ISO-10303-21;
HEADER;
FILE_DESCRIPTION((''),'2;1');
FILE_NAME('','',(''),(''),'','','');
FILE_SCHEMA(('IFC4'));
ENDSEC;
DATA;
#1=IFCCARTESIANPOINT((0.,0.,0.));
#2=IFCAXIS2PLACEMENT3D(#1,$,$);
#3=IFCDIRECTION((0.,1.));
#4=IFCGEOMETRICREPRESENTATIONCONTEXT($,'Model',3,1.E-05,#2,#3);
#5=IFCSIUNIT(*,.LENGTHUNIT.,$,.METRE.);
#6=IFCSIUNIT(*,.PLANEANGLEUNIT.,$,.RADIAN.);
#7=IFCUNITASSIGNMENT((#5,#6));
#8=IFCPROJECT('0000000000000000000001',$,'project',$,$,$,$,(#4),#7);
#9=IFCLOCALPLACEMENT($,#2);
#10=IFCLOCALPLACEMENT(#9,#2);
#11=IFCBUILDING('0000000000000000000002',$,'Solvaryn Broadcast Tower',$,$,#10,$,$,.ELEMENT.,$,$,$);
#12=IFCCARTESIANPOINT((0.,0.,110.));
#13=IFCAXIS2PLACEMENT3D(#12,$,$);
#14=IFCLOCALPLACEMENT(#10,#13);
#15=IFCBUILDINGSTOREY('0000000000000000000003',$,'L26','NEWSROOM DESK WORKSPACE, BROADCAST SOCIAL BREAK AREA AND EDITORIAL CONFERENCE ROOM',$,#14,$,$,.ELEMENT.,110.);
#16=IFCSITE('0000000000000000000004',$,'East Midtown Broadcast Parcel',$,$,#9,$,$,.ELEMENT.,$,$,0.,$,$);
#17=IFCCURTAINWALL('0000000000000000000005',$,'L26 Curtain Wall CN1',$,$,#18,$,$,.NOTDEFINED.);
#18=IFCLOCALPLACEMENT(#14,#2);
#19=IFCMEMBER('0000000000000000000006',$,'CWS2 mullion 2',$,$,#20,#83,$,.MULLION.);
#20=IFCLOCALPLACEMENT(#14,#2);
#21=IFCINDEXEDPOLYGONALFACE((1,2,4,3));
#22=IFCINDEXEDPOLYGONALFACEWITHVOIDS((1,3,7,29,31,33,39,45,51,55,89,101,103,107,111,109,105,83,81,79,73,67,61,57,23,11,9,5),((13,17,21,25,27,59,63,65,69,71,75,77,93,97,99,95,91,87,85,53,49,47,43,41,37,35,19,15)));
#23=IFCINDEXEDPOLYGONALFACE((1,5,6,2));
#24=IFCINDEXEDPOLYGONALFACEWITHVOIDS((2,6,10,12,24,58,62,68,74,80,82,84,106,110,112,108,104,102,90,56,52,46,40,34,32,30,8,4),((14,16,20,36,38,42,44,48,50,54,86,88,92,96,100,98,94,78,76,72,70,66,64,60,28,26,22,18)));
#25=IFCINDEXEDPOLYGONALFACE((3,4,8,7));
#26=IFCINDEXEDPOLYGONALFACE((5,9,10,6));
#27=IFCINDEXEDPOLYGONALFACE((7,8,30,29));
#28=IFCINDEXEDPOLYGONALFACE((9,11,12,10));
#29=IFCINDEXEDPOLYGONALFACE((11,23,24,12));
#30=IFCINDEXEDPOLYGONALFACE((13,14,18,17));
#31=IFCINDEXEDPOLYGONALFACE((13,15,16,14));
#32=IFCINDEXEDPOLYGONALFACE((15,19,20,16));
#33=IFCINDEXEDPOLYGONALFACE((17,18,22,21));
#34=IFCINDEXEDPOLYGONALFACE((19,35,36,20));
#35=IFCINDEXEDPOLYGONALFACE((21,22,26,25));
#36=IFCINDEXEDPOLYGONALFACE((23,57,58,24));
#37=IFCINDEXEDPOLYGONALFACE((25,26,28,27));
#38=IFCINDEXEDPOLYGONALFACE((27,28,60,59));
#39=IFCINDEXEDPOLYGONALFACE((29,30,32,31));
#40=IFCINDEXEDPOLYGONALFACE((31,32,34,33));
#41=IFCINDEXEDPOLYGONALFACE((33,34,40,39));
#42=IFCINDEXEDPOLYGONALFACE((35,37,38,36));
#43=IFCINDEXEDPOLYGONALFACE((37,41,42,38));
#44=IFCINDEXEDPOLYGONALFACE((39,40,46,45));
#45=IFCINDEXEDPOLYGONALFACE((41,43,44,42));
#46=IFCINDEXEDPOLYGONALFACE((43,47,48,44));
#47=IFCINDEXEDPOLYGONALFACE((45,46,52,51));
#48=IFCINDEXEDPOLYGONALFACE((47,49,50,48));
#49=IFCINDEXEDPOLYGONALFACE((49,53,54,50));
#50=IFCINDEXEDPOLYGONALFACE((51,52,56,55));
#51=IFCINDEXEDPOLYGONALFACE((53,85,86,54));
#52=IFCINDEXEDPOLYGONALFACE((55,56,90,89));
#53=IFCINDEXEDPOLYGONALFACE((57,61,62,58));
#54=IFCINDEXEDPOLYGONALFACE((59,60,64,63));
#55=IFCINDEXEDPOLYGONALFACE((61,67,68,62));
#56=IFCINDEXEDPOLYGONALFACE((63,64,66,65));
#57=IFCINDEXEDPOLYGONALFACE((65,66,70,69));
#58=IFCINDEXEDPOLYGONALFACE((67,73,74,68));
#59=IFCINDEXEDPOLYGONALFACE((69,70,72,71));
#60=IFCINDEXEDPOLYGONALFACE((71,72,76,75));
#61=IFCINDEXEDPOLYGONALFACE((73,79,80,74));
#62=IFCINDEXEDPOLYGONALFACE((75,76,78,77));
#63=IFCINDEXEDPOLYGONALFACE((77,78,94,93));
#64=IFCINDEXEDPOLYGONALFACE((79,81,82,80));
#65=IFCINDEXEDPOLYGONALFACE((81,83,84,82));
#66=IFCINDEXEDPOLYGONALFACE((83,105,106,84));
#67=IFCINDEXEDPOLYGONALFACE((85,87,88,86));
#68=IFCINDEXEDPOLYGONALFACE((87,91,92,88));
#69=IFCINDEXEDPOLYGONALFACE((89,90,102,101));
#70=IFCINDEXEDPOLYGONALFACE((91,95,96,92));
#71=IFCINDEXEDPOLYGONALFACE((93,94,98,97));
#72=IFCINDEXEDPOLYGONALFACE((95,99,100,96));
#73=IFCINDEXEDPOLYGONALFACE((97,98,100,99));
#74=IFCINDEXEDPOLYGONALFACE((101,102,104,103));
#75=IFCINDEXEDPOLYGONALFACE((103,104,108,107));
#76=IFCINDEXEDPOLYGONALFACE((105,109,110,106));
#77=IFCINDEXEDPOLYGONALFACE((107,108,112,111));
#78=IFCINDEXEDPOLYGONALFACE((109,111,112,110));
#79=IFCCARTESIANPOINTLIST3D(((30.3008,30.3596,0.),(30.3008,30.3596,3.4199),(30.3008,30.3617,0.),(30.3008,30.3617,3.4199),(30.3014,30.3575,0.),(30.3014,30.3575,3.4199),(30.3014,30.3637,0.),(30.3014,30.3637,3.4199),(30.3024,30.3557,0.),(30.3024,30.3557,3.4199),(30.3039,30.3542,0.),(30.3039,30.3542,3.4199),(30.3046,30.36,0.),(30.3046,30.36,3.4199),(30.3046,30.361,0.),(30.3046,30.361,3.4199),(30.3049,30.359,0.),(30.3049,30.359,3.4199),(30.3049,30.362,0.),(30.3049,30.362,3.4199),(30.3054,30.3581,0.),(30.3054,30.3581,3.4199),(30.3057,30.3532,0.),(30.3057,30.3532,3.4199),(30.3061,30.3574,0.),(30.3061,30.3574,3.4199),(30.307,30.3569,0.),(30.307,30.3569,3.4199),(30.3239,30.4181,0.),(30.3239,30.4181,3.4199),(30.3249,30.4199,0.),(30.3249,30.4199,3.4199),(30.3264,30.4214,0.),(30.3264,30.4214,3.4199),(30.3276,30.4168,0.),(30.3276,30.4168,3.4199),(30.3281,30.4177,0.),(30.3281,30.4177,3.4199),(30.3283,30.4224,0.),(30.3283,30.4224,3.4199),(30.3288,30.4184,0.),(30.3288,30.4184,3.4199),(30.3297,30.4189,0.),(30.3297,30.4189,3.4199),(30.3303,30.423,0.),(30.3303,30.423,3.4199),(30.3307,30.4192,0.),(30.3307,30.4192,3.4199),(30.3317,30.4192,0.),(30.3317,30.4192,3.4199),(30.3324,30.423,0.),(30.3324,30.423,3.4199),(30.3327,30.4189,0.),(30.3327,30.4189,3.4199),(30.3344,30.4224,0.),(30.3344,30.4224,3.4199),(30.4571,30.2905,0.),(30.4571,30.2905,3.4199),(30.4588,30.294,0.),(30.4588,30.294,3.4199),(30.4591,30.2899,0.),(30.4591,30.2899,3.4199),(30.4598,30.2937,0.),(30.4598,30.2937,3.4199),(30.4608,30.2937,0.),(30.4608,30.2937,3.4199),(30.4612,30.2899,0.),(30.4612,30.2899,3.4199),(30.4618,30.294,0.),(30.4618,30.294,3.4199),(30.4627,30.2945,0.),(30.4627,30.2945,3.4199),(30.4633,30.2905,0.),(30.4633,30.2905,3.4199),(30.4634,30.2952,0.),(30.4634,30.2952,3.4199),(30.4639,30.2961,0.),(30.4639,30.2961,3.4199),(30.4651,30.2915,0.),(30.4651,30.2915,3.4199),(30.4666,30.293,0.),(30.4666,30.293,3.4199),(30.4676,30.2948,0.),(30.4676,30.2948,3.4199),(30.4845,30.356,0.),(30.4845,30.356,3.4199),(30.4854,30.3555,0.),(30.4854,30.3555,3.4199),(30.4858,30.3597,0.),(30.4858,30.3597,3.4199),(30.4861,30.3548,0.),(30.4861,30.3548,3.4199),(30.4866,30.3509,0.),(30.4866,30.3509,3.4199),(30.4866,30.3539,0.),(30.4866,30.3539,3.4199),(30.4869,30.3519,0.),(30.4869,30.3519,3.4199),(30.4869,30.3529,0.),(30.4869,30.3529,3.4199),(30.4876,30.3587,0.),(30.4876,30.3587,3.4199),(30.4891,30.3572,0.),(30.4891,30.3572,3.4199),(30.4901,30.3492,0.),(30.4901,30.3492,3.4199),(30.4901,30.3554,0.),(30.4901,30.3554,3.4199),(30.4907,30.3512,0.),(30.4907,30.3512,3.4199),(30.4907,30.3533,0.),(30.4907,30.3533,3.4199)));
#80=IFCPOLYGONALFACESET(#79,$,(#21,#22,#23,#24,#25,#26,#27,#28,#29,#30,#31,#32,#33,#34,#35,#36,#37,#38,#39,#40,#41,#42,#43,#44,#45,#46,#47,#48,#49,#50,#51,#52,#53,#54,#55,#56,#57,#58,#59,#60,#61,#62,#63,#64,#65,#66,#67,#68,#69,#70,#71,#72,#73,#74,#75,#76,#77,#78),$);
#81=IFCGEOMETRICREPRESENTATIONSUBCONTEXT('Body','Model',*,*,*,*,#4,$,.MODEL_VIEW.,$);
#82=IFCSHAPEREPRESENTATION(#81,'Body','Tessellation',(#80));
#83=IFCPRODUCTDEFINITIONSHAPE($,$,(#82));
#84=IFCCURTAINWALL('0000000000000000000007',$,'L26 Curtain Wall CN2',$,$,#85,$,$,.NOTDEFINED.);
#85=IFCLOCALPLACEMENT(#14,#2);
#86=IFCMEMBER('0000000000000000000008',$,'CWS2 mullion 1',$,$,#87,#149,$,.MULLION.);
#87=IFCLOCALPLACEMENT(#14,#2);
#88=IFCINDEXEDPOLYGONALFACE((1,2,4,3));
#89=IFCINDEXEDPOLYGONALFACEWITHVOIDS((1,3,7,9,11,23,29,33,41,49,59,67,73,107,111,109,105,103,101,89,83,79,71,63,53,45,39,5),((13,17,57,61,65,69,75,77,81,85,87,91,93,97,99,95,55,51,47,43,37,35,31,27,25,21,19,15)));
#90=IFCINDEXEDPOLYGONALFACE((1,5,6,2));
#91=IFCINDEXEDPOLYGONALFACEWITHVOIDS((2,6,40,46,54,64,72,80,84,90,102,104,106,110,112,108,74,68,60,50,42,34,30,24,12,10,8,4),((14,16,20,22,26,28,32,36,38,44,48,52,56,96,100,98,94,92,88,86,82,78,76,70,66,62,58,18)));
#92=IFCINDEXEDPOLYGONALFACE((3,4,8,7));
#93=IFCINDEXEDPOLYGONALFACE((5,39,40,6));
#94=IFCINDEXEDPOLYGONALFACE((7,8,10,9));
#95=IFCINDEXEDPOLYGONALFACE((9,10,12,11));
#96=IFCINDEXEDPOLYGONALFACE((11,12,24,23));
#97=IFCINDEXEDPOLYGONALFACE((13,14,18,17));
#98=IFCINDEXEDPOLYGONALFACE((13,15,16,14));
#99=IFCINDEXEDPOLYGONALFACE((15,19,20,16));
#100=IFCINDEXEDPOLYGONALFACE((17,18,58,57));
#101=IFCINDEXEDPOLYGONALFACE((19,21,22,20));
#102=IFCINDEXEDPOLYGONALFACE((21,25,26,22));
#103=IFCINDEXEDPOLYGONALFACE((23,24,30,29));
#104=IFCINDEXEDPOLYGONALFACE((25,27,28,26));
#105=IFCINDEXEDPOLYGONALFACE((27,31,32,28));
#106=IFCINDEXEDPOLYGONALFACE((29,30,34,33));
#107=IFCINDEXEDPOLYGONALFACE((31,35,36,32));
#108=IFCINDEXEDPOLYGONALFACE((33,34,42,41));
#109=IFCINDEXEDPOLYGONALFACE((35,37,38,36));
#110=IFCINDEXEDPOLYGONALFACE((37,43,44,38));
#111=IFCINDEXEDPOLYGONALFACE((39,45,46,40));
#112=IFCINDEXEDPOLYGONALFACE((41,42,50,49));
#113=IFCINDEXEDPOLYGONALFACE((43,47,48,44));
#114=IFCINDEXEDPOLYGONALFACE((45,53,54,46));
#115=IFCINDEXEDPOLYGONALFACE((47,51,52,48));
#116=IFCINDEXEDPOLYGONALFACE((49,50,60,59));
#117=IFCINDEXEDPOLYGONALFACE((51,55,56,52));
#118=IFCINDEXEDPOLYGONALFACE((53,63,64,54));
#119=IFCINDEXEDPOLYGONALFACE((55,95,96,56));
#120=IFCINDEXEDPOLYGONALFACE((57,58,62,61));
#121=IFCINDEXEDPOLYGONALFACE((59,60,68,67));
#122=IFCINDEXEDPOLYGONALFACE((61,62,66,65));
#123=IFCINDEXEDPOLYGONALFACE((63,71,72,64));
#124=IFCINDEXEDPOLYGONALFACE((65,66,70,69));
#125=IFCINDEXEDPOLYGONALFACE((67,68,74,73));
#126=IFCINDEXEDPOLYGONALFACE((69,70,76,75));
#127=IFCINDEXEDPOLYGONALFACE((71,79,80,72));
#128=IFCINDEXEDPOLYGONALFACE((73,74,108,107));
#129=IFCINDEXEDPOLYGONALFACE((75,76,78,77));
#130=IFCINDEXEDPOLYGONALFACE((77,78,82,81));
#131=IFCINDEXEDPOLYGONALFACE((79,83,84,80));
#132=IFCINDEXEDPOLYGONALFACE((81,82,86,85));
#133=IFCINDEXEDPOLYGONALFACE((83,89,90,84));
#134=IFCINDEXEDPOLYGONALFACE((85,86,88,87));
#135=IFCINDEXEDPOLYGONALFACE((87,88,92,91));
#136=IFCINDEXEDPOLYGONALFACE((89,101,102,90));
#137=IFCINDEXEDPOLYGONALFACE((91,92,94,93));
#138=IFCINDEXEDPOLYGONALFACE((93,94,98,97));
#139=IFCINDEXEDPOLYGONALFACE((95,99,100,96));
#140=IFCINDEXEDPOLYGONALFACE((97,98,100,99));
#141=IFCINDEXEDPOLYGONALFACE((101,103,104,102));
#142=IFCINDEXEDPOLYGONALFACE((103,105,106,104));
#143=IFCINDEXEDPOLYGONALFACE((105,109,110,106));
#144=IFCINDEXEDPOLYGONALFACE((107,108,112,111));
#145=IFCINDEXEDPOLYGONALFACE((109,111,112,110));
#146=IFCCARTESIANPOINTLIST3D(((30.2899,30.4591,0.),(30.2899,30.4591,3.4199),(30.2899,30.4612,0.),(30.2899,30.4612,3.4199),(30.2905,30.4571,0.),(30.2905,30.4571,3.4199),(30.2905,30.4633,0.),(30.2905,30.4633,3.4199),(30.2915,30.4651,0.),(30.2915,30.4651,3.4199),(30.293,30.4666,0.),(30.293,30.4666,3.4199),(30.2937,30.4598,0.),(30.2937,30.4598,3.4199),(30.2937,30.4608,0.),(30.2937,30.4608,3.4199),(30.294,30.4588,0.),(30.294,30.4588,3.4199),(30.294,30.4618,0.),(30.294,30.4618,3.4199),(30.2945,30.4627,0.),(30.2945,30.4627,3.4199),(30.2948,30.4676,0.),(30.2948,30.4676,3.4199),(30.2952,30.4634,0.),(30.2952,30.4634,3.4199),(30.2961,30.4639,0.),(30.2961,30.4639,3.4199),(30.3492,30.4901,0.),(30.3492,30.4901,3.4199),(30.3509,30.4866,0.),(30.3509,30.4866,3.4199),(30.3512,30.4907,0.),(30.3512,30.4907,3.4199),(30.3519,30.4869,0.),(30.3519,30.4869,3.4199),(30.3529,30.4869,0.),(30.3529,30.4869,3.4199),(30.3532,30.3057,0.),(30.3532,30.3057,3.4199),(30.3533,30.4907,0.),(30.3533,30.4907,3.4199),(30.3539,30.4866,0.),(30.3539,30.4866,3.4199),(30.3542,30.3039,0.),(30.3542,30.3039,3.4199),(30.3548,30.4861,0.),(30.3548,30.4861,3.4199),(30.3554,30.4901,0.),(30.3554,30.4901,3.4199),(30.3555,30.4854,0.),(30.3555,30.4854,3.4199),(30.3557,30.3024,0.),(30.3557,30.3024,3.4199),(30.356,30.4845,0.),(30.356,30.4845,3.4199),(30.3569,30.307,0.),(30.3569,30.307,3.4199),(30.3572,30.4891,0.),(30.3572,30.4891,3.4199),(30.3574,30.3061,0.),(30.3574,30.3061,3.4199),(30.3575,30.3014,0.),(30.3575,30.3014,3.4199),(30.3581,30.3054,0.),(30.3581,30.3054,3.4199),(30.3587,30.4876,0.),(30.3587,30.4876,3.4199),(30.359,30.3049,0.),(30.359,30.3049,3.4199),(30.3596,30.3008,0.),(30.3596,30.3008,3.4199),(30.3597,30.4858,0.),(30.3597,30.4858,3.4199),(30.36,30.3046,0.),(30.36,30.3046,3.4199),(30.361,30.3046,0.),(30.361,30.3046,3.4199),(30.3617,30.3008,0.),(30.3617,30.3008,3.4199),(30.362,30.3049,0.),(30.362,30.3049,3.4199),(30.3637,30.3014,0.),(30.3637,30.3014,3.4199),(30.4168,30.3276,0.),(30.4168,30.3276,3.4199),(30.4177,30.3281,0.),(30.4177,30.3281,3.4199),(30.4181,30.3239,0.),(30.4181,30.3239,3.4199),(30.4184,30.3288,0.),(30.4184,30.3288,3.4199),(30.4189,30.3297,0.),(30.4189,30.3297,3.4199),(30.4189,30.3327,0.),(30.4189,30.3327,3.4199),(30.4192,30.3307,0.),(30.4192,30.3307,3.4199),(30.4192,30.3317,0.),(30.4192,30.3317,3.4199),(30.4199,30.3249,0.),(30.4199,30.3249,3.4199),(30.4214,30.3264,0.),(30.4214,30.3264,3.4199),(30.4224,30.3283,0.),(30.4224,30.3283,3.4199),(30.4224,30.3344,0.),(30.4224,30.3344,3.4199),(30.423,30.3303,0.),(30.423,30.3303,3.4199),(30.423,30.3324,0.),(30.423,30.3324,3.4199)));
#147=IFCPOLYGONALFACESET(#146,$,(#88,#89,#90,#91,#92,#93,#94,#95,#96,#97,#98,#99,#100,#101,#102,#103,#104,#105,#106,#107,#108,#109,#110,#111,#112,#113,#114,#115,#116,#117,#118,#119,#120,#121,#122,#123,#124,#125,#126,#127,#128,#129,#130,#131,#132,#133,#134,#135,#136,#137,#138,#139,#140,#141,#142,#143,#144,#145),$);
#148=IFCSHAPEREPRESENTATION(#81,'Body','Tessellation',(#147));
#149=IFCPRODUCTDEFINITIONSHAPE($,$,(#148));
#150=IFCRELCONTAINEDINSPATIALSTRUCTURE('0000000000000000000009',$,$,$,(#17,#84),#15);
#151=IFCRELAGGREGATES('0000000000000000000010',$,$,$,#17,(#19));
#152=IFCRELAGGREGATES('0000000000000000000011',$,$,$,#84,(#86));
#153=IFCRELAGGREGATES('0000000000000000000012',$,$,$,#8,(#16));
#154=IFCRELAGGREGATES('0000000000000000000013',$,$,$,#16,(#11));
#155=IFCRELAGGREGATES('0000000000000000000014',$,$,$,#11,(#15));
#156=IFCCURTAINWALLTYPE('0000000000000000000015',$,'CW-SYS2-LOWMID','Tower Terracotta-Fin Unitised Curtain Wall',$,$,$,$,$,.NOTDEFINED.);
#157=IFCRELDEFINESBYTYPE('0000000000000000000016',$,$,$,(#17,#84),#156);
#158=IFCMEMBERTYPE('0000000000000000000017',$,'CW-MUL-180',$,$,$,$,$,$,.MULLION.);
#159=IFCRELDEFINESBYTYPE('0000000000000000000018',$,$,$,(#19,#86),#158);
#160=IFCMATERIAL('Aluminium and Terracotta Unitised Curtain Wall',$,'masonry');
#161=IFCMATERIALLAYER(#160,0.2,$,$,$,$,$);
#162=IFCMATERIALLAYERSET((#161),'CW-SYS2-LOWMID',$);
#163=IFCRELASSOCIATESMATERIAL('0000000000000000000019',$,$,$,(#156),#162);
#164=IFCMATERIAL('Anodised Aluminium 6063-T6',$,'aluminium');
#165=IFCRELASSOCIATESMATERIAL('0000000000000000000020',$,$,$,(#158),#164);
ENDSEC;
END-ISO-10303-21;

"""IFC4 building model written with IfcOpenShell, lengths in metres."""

from ifc_helpers import new_model, si_unit, direction, frame, origin, origin_2d, place, context, subcontext, project, spatial, hollow_rectangle, extrude, material, layer, layer_set, material_profile, profile_set, type_object, element, aggregate, save


model = new_model("IFC4")

# Units and contexts
model_context = context("Model", 3, precision=1e-05, world=origin(), true_north=direction((0.0, 1.0)))
body_context = subcontext(model_context, "Body", "Model", "MODEL_VIEW")
ifc_project = project(units=[si_unit("LENGTHUNIT", "METRE"), si_unit("PLANEANGLEUNIT", "RADIAN")], contexts=[model_context])

# Site, building, storey
site_placement = place(None, origin())
site = spatial("IfcSite", under=ifc_project, at=site_placement, Name="East Midtown Broadcast Parcel", CompositionType="ELEMENT", RefElevation=0.0)
building_placement = place(site_placement, origin())
building = spatial("IfcBuilding", under=site, at=building_placement, Name="Solvaryn Broadcast Tower", CompositionType="ELEMENT")
storey_placement = place(building_placement, frame((0.0, 0.0, 110.0)))
storey = spatial("IfcBuildingStorey", under=building, at=storey_placement, Name="L26", Description="NEWSROOM DESK WORKSPACE, BROADCAST SOCIAL BREAK AREA AND EDITORIAL CONFERENCE ROOM", CompositionType="ELEMENT", Elevation=110.0)

# Curtain wall, member
ifc_material_1 = material(Name="Aluminium and Terracotta Unitised Curtain Wall", Category="masonry")
ifc_layer_1 = layer(ifc_material_1, 0.2)
ifc_layer_set_1 = layer_set([ifc_layer_1], Name="CW-SYS2-LOWMID")
curtain_wall_type = type_object("IfcCurtainWallType", Name="CW-SYS2-LOWMID", Description="Tower Terracotta-Fin Unitised Curtain Wall", PredefinedType="NOTDEFINED", material=ifc_layer_set_1)
curtain_wall_1_placement = place(storey_placement, origin())
curtain_wall_1 = element("IfcCurtainWall", 1, at=curtain_wall_1_placement, inside=storey, type_object=curtain_wall_type, Name="L26 Curtain Wall CN1", PredefinedType="NOTDEFINED")
ifc_material_2 = material(Name="Anodised Aluminium 6063-T6", Category="aluminium")
ifc_material_profile_1 = material_profile(ifc_material_2, hollow_rectangle(XDim=0.075, YDim=0.1799, WallThickness=0.0039, InnerFilletRadius=0.0039, OuterFilletRadius=0.0081, at=origin_2d()))
ifc_profile_set_1 = profile_set([ifc_material_profile_1], Name="Anodised Aluminium 6063-T6")
member_type_1 = type_object("IfcMemberType", Name="CW-MUL-180", PredefinedType="MULLION", material=ifc_profile_set_1)
member_1_placement = place(storey_placement, frame((30.3958, 30.3564, 0.0), z_axis=(0.0, 0.0, 1.0), x_axis=(-0.382646, -0.923895, 0.0)))
member_1 = element("IfcMember", 2, at=member_1_placement, type_object=member_type_1, Name="CWS2 mullion 2", PredefinedType="MULLION", context=body_context, shape_type="SweptSolid", body=[
    extrude(hollow_rectangle(XDim=0.075, YDim=0.1799, WallThickness=0.0039, InnerFilletRadius=0.0039, OuterFilletRadius=0.0081, at=origin_2d()), origin(), (0.0, 0.0, 1.0), 3.4199),
])
aggregate(curtain_wall_1, [member_1])

# Curtain wall, member
curtain_wall_2_placement = place(storey_placement, origin())
curtain_wall_2 = element("IfcCurtainWall", 3, at=curtain_wall_2_placement, inside=storey, type_object=curtain_wall_type, Name="L26 Curtain Wall CN2", PredefinedType="NOTDEFINED")
member_2_placement = place(storey_placement, frame((30.3564, 30.3958, 0.0), z_axis=(0.0, 0.0, 1.0), x_axis=(-0.923895, -0.382646, 0.0)))
member_2 = element("IfcMember", 4, at=member_2_placement, type_object=member_type_1, Name="CWS2 mullion 1", PredefinedType="MULLION", context=body_context, shape_type="SweptSolid", body=[
    extrude(hollow_rectangle(XDim=0.075, YDim=0.1799, WallThickness=0.0039, InnerFilletRadius=0.0039, OuterFilletRadius=0.0081, at=origin_2d()), origin(), (0.0, 0.0, 1.0), 3.4199),
])
aggregate(curtain_wall_2, [member_2])

save(model, "model.ifc")
